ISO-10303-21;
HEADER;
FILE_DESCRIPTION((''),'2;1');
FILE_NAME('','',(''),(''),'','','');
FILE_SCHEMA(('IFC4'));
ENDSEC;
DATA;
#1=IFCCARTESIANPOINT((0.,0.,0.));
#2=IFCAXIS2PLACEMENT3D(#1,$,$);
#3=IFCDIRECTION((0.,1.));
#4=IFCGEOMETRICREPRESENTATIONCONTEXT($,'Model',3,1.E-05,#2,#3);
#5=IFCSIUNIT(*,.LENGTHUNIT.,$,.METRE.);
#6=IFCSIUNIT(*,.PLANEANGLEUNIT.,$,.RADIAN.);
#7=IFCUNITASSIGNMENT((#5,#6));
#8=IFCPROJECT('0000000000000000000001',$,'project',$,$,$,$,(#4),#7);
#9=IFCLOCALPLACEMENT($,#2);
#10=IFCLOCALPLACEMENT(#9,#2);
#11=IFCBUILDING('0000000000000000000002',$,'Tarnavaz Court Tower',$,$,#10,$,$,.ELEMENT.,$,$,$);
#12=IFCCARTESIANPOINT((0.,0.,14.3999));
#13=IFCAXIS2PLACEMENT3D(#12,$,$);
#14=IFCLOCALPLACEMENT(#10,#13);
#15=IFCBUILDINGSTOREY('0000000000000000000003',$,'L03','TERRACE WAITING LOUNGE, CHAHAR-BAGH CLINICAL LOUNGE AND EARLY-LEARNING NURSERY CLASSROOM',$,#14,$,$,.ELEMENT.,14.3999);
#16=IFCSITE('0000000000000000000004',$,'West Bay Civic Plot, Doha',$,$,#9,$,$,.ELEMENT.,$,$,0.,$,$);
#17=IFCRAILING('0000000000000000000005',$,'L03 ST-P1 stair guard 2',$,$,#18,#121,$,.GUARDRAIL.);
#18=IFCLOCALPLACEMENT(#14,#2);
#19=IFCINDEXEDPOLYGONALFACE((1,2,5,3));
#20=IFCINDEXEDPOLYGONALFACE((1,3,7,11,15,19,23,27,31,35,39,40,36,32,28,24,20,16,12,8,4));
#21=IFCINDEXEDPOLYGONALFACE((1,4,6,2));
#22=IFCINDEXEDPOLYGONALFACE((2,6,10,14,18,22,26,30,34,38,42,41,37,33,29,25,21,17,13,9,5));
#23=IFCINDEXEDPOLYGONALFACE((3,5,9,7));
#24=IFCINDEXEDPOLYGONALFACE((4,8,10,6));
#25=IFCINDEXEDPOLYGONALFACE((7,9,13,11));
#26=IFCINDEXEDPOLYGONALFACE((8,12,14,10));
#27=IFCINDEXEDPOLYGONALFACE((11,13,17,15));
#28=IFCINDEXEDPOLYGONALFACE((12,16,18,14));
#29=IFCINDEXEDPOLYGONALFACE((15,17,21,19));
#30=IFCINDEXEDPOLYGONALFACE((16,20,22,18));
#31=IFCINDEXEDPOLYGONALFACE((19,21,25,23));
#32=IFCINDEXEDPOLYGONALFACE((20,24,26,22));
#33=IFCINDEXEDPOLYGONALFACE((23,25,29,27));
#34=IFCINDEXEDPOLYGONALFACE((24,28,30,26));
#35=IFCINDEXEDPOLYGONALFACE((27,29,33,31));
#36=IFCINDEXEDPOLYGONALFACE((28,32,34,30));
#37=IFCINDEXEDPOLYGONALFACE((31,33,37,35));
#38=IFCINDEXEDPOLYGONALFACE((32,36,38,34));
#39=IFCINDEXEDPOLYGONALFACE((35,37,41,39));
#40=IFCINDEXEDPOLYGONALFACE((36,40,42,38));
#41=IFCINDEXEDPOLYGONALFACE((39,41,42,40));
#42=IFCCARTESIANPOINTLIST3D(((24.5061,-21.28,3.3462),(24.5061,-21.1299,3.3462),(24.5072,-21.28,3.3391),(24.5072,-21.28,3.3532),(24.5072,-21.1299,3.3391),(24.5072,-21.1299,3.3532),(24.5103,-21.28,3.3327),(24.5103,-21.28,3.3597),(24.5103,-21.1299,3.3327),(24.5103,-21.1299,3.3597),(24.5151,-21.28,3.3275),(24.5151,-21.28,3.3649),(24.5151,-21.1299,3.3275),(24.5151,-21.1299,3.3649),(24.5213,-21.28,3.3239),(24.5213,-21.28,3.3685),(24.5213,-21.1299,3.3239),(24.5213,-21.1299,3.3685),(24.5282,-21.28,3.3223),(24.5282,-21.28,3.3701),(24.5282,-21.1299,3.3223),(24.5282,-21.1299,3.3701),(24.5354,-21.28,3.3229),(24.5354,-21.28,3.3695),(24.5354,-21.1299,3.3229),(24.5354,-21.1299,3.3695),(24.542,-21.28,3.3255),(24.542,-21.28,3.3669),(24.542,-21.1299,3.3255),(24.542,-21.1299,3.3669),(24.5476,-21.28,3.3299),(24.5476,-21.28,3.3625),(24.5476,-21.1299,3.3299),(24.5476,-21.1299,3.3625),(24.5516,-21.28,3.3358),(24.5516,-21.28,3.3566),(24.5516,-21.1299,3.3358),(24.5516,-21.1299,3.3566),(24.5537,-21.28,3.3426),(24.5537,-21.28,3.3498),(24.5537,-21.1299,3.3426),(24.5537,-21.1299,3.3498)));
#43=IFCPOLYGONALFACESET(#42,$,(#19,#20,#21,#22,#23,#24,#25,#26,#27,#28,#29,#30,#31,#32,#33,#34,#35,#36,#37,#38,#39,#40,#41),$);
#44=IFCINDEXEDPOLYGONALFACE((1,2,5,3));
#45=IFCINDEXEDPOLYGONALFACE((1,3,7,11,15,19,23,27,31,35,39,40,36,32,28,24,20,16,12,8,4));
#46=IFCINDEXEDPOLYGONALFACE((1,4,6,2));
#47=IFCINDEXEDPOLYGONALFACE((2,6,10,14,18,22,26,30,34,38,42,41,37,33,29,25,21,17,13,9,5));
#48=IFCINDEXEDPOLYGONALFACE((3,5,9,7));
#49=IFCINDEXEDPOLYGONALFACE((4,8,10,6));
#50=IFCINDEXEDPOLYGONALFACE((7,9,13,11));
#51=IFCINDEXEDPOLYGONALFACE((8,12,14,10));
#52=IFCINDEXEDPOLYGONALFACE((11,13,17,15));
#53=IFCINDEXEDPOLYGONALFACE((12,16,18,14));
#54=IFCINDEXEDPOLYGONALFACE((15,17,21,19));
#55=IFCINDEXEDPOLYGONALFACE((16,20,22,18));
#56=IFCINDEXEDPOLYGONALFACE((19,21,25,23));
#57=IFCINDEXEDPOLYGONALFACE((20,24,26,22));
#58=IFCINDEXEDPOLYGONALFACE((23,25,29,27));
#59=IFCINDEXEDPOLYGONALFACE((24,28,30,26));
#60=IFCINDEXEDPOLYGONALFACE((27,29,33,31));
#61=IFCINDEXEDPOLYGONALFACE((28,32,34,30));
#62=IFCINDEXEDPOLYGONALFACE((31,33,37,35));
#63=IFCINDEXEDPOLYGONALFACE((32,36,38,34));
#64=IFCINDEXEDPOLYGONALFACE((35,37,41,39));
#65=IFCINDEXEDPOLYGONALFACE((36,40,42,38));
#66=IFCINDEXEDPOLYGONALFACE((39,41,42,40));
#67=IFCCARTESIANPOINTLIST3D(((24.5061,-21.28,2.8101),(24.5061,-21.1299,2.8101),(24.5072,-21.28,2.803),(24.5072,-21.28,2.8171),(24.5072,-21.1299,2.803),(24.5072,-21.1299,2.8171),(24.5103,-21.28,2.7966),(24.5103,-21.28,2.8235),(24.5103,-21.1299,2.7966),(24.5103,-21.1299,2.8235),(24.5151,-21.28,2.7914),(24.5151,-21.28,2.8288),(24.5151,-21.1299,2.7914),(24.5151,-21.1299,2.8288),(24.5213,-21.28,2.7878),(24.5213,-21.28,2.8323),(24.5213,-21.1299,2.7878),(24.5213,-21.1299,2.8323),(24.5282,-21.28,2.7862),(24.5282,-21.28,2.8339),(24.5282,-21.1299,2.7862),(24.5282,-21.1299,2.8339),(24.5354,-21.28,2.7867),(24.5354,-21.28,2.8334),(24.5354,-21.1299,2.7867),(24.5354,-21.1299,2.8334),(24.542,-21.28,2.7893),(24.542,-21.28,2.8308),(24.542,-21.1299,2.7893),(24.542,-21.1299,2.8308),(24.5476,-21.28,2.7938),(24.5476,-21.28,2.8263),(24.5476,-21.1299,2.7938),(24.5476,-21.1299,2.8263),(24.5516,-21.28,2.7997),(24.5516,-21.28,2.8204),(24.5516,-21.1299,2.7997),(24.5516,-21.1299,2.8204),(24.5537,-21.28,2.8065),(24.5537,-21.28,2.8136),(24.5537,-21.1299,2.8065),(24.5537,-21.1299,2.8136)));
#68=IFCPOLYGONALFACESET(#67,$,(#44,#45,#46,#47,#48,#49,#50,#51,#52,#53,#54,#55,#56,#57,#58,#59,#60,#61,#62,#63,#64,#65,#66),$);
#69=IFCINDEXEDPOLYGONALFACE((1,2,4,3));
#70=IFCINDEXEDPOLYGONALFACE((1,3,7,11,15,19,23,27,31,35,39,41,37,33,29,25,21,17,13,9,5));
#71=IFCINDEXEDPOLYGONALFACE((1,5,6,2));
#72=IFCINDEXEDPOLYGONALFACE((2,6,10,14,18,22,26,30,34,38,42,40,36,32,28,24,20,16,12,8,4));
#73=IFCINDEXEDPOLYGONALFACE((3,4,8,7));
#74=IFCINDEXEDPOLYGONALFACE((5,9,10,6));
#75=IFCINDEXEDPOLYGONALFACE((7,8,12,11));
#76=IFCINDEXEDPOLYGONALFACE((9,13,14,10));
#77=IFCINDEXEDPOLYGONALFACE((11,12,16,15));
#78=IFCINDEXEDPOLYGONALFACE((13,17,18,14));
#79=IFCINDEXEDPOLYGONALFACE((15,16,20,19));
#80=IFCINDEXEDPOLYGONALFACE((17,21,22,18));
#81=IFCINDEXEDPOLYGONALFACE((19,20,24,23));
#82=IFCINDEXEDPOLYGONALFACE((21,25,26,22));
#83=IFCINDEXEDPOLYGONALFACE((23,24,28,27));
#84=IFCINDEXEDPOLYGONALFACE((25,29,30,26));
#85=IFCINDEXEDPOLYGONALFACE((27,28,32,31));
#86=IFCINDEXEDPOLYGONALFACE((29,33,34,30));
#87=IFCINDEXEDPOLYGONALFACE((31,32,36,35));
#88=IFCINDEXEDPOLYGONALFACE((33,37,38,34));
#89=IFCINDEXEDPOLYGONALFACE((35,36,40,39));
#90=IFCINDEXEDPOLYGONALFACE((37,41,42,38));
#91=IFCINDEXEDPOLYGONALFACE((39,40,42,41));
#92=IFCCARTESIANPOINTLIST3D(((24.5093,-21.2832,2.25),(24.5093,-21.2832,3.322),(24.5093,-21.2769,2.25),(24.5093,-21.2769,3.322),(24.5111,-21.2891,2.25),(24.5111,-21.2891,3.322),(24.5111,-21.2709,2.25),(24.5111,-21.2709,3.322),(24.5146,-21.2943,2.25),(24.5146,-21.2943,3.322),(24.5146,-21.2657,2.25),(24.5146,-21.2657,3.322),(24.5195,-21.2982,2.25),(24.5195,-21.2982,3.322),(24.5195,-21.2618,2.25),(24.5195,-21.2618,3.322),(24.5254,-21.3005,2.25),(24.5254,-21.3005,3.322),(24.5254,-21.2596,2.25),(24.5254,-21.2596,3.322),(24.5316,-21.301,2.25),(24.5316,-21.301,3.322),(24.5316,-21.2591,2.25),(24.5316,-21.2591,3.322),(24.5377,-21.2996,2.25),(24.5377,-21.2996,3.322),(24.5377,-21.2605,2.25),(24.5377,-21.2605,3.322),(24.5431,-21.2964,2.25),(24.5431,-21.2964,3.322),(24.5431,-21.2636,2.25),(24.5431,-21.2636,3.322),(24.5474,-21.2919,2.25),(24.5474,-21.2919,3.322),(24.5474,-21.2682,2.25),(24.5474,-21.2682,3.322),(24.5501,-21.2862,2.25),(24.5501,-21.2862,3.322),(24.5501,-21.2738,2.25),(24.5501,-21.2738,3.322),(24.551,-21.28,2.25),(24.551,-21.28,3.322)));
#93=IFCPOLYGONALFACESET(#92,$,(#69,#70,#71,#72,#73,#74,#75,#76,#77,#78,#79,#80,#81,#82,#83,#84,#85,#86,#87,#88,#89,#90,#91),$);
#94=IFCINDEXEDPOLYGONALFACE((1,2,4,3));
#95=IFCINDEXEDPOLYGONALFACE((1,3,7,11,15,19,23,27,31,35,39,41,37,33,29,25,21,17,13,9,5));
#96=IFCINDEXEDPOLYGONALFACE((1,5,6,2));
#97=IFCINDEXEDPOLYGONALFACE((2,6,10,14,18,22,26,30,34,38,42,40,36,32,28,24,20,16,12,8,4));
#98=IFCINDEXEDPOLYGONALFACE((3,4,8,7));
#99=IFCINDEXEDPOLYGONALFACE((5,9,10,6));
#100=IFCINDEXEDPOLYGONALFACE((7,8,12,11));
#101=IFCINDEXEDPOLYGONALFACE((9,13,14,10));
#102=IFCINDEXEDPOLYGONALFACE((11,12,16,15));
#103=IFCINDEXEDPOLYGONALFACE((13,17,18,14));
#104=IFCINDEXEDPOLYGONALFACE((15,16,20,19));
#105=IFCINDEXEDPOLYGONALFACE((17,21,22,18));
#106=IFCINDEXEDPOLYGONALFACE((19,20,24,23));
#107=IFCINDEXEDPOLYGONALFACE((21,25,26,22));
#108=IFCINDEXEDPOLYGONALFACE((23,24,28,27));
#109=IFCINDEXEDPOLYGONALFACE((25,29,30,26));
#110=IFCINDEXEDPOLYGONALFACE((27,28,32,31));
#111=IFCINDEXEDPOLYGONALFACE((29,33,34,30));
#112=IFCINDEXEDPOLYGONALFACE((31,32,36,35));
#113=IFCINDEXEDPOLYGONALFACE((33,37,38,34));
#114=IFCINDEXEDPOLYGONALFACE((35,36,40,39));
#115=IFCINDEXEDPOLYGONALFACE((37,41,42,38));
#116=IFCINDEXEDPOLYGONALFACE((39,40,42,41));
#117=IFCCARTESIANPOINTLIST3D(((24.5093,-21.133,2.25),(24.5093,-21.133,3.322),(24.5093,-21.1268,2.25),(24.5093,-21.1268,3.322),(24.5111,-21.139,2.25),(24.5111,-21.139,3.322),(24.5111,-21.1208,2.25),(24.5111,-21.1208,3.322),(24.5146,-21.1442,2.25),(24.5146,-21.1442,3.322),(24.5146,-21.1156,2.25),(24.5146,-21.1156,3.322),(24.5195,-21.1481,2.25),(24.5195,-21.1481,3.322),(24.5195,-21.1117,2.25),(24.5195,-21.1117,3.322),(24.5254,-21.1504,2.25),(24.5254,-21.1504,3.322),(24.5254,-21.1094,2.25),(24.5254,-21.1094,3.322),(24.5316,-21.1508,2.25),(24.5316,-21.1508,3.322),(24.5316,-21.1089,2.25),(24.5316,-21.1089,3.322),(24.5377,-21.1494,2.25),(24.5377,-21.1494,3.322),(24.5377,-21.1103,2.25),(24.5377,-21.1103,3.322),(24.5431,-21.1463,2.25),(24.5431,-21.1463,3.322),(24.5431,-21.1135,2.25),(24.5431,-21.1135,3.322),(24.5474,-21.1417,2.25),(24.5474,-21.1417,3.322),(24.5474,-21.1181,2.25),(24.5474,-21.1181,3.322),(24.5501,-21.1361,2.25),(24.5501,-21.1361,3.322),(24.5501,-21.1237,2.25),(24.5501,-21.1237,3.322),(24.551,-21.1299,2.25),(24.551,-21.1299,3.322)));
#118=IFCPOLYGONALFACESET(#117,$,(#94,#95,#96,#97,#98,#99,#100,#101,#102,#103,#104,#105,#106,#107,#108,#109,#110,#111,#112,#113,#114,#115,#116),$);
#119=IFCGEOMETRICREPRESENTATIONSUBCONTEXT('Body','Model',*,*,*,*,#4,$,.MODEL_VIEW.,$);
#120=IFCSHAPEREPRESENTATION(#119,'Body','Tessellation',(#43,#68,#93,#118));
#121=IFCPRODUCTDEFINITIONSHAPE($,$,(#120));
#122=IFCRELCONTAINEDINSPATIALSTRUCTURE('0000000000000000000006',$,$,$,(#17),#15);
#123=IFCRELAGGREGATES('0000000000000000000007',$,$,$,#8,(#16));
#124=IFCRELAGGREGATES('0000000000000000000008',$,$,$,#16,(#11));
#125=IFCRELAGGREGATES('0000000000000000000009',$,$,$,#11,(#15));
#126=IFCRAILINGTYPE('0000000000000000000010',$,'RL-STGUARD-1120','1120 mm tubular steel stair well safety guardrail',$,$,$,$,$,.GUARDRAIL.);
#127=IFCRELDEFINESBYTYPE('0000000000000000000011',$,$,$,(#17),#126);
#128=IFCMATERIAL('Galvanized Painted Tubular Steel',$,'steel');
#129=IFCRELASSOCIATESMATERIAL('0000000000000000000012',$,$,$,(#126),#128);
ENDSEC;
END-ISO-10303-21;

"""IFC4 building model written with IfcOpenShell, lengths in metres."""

from ifc_helpers import new_model, si_unit, direction, frame, origin, origin_2d, place, context, subcontext, project, spatial, circle, extrude, material, type_object, element, save


model = new_model("IFC4")

# Units and contexts
model_context = context("Model", 3, precision=1e-05, world=origin(), true_north=direction((0.0, 1.0)))
body_context = subcontext(model_context, "Body", "Model", "MODEL_VIEW")
ifc_project = project(units=[si_unit("LENGTHUNIT", "METRE"), si_unit("PLANEANGLEUNIT", "RADIAN")], contexts=[model_context])

# Site, building, storey
site_placement = place(None, origin())
site = spatial("IfcSite", under=ifc_project, at=site_placement, Name="West Bay Civic Plot, Doha", CompositionType="ELEMENT", RefElevation=0.0)
building_placement = place(site_placement, origin())
building = spatial("IfcBuilding", under=site, at=building_placement, Name="Tarnavaz Court Tower", CompositionType="ELEMENT")
storey_placement = place(building_placement, frame((0.0, 0.0, 14.3999)))
storey = spatial("IfcBuildingStorey", under=building, at=storey_placement, Name="L03", Description="TERRACE WAITING LOUNGE, CHAHAR-BAGH CLINICAL LOUNGE AND EARLY-LEARNING NURSERY CLASSROOM", CompositionType="ELEMENT", Elevation=14.3999)

# Railing
ifc_material_1 = material(Name="Galvanized Painted Tubular Steel", Category="steel")
railing_type_1 = type_object("IfcRailingType", Name="RL-STGUARD-1120", Description="1120 mm tubular steel stair well safety guardrail", PredefinedType="GUARDRAIL", material=ifc_material_1)
railing_1_placement = place(storey_placement, frame((24.53, -21.28, 2.25)))
element("IfcRailing", 1, at=railing_1_placement, inside=storey, type_object=railing_type_1, Name="L03 ST-P1 stair guard 2", PredefinedType="GUARDRAIL", context=body_context, shape_type="SweptSolid", body=[
    extrude(circle(Radius=0.0239, at=origin_2d()), frame((0.0, 0.0, 1.0962), z_axis=(0.0, 1.0, 0.0), x_axis=(-1.0, 0.0, 0.0)), (0.0, 0.0, 1.0), 0.1501),
    extrude(circle(Radius=0.0239, at=origin_2d()), frame((0.0, 0.0, 0.5601), z_axis=(0.0, 1.0, 0.0), x_axis=(-1.0, 0.0, 0.0)), (0.0, 0.0, 1.0), 0.1501),
    extrude(circle(Radius=0.021, at=origin_2d()), origin(), (0.0, 0.0, 1.0), 1.072),
    extrude(circle(Radius=0.021, at=origin_2d()), frame((0.0, 0.1501, 0.0)), (0.0, 0.0, 1.0), 1.072),
])

save(model, "model.ifc")
